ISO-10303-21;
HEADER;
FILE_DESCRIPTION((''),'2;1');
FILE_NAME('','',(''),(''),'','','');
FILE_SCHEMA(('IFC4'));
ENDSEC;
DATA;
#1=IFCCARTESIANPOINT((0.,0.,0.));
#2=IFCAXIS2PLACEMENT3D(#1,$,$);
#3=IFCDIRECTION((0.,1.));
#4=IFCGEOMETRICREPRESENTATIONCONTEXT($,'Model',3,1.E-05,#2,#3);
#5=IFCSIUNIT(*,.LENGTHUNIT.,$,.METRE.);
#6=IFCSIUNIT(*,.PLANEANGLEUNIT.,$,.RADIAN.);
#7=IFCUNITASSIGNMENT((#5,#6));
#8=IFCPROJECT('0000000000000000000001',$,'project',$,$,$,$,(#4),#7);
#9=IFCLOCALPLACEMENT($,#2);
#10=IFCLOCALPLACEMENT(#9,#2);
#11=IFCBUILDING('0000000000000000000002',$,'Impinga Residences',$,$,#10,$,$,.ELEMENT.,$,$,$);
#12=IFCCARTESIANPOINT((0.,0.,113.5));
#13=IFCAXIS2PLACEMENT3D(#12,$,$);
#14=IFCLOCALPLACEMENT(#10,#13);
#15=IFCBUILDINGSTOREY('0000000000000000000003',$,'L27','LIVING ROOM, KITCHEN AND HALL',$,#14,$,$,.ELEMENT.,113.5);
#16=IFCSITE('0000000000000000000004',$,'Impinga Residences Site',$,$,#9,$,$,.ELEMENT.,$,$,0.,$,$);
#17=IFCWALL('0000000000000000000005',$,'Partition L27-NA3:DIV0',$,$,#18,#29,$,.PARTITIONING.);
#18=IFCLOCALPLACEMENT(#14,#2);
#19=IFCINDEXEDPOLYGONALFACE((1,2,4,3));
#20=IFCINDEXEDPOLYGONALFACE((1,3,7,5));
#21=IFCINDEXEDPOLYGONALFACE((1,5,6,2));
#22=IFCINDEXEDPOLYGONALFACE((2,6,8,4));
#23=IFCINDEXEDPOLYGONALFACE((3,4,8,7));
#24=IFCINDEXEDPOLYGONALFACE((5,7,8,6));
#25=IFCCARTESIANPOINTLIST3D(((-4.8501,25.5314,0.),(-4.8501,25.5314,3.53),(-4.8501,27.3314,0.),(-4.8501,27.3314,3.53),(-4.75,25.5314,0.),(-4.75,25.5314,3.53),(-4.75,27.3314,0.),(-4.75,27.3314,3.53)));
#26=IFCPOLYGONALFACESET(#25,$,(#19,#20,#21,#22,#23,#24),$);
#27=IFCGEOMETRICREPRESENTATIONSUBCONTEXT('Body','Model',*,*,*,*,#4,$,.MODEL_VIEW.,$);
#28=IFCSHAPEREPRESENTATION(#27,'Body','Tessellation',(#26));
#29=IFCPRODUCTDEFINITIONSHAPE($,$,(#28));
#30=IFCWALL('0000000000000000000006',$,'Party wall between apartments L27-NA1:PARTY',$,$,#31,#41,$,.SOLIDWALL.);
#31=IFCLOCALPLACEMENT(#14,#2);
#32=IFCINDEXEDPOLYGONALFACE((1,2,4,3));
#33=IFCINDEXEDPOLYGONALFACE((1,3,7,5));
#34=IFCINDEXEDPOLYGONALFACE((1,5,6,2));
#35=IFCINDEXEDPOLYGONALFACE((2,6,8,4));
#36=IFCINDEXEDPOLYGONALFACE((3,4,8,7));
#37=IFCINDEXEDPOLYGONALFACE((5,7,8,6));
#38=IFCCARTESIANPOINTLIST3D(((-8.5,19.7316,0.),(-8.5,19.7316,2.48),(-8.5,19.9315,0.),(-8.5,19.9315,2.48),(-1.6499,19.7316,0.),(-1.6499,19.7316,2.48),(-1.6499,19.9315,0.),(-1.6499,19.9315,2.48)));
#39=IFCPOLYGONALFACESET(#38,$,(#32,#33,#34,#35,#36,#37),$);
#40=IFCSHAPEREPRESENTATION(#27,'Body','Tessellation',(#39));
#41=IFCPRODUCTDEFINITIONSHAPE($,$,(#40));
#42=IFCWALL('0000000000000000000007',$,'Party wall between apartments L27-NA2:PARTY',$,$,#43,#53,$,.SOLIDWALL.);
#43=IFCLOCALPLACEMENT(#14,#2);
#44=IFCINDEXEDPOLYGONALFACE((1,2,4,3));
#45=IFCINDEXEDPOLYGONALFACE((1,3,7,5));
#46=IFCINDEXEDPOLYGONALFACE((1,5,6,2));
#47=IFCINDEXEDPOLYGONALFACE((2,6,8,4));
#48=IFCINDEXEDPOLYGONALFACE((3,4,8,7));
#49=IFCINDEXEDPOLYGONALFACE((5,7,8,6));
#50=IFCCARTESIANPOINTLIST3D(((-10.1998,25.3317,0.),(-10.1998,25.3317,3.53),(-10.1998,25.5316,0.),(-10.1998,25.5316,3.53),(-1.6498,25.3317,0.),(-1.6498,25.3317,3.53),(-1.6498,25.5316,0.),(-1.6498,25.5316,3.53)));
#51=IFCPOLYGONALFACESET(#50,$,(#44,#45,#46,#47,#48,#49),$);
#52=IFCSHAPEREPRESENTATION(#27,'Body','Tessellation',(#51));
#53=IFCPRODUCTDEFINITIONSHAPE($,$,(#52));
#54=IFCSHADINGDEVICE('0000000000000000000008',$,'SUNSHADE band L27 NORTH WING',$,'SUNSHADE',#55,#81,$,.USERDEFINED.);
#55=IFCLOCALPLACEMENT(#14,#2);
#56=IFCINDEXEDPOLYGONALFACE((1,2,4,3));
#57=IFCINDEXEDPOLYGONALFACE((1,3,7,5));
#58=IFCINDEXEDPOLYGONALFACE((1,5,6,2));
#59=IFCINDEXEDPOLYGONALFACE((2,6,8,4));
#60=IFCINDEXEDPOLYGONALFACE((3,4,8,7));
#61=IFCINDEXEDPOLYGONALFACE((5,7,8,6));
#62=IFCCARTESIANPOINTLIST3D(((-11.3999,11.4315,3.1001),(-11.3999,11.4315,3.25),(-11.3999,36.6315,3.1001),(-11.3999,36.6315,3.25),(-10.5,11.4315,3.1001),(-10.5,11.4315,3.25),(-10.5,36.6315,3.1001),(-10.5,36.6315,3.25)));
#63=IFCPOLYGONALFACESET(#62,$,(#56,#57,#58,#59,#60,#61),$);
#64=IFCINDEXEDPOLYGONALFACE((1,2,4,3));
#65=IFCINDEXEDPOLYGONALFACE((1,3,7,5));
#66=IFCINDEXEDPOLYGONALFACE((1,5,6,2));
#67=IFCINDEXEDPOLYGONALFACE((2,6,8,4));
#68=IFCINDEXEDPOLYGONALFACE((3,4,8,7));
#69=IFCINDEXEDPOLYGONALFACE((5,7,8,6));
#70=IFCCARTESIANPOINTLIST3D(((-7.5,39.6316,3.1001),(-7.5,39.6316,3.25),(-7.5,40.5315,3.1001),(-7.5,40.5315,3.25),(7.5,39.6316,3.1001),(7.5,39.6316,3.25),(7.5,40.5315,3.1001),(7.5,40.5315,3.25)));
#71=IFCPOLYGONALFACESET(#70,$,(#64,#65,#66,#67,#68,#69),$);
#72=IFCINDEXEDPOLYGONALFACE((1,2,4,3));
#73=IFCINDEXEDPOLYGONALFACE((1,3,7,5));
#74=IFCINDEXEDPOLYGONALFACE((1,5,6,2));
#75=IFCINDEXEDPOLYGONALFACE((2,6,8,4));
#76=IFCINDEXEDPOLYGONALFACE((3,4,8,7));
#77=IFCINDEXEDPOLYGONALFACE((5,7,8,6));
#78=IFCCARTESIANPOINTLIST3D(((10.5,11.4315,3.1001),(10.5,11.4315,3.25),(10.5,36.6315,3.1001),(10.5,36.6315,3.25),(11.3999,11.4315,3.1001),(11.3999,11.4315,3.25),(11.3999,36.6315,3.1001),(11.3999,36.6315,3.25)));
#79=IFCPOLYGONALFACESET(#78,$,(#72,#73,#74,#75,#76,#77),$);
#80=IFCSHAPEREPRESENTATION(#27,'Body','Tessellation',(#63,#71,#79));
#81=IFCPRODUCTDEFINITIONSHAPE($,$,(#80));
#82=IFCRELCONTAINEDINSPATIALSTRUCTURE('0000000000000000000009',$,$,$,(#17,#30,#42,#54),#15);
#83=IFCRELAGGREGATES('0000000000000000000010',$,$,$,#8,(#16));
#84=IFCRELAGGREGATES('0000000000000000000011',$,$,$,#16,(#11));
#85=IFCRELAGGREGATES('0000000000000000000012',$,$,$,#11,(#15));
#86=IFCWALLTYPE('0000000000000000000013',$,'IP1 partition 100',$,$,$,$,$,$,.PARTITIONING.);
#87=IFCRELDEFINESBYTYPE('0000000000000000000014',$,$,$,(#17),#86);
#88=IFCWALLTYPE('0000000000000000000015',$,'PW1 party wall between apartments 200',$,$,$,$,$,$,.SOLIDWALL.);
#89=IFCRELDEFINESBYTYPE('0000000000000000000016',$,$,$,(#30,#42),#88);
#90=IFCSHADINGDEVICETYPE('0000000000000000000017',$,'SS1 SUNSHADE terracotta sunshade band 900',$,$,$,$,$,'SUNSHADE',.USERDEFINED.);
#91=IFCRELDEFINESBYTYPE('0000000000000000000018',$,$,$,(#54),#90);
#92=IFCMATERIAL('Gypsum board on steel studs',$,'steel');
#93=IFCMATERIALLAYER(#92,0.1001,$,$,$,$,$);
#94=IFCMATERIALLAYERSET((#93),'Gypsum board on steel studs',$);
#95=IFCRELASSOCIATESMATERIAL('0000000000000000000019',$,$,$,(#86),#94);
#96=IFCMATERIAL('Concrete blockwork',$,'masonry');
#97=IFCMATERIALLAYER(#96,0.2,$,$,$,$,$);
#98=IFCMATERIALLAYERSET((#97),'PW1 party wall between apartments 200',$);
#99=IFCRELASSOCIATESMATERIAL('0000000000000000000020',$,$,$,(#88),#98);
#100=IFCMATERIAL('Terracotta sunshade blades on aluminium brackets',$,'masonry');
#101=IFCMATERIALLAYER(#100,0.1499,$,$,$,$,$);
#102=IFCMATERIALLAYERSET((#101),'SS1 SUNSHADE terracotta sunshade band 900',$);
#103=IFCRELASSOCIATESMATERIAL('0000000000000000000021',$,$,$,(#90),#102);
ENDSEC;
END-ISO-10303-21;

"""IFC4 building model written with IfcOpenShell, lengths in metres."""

from ifc_helpers import new_model, si_unit, direction, frame, frame_2d, origin, origin_2d, place, context, subcontext, project, spatial, rectangle, extrude, material, layer, layer_set, type_object, element, save


model = new_model("IFC4")

# Units and contexts
model_context = context("Model", 3, precision=1e-05, world=origin(), true_north=direction((0.0, 1.0)))
body_context = subcontext(model_context, "Body", "Model", "MODEL_VIEW")
ifc_project = project(units=[si_unit("LENGTHUNIT", "METRE"), si_unit("PLANEANGLEUNIT", "RADIAN")], contexts=[model_context])

# Site, building, storey
site_placement = place(None, origin())
site = spatial("IfcSite", under=ifc_project, at=site_placement, Name="Impinga Residences Site", CompositionType="ELEMENT", RefElevation=0.0)
building_placement = place(site_placement, origin())
building = spatial("IfcBuilding", under=site, at=building_placement, Name="Impinga Residences", CompositionType="ELEMENT")
storey_placement = place(building_placement, frame((0.0, 0.0, 113.5)))
storey = spatial("IfcBuildingStorey", under=building, at=storey_placement, Name="L27", Description="LIVING ROOM, KITCHEN AND HALL", CompositionType="ELEMENT", Elevation=113.5)

# Shared definitions
ifc_material_1 = material(Name="Gypsum board on steel studs", Category="steel")
ifc_layer_1 = layer(ifc_material_1, 0.1001)
ifc_layer_set_1 = layer_set([ifc_layer_1], Name="Gypsum board on steel studs")
wall_type_1 = type_object("IfcWallType", Name="IP1 partition 100", PredefinedType="PARTITIONING", material=ifc_layer_set_1)

# Walls
wall_1_placement = place(storey_placement, frame((-4.8, 25.5315, 0.0), z_axis=(0.0, 0.0, 1.0), x_axis=(0.0, 1.0, 0.0)))
element("IfcWall", 1, at=wall_1_placement, inside=storey, type_object=wall_type_1, Name="Partition L27-NA3:DIV0", PredefinedType="PARTITIONING", context=body_context, shape_type="SweptSolid", body=[
    extrude(rectangle(XDim=1.8, YDim=0.1001, at=frame_2d((0.8999, 0.0))), origin(), (0.0, 0.0, 1.0), 3.53),
])
ifc_material_2 = material(Name="Concrete blockwork", Category="masonry")
ifc_layer_2 = layer(ifc_material_2, 0.2)
ifc_layer_set_2 = layer_set([ifc_layer_2], Name="PW1 party wall between apartments 200")
wall_type_2 = type_object("IfcWallType", Name="PW1 party wall between apartments 200", PredefinedType="SOLIDWALL", material=ifc_layer_set_2)
wall_2_placement = place(storey_placement, frame((-1.6499, 19.8315, 0.0), z_axis=(0.0, 0.0, 1.0), x_axis=(-1.0, 0.0, 0.0)))
element("IfcWall", 2, at=wall_2_placement, inside=storey, type_object=wall_type_2, Name="Party wall between apartments L27-NA1:PARTY", PredefinedType="SOLIDWALL", context=body_context, shape_type="SweptSolid", body=[
    extrude(rectangle(XDim=6.8501, YDim=0.2, at=frame_2d((3.425, 0.0))), origin(), (0.0, 0.0, 1.0), 2.48),
])
wall_3_placement = place(storey_placement, frame((-1.6499, 25.4316, 0.0), z_axis=(0.0, 0.0, 1.0), x_axis=(-1.0, 0.0, 0.0)))
element("IfcWall", 3, at=wall_3_placement, inside=storey, type_object=wall_type_2, Name="Party wall between apartments L27-NA2:PARTY", PredefinedType="SOLIDWALL", context=body_context, shape_type="SweptSolid", body=[
    extrude(rectangle(XDim=8.55, YDim=0.2, at=frame_2d((4.2749, 0.0))), origin(), (0.0, 0.0, 1.0), 3.53),
])

# Shading device
ifc_material_3 = material(Name="Terracotta sunshade blades on aluminium brackets", Category="masonry")
ifc_layer_3 = layer(ifc_material_3, 0.1499)
ifc_layer_set_3 = layer_set([ifc_layer_3], Name="SS1 SUNSHADE terracotta sunshade band 900")
shading_device_type = type_object("IfcShadingDeviceType", Name="SS1 SUNSHADE terracotta sunshade band 900", ElementType="SUNSHADE", PredefinedType="USERDEFINED", material=ifc_layer_set_3)
shading_device_placement = place(storey_placement, frame((-10.95, 24.0315, 3.1001), z_axis=(0.0, 0.0, 1.0), x_axis=(0.0, 1.0, 0.0)))
element("IfcShadingDevice", 4, at=shading_device_placement, inside=storey, type_object=shading_device_type, Name="SUNSHADE band L27 NORTH WING", ObjectType="SUNSHADE", PredefinedType="USERDEFINED", context=body_context, shape_type="SweptSolid", body=[
    extrude(rectangle(XDim=25.2, YDim=0.8999, at=origin_2d()), origin(), (0.0, 0.0, 1.0), 0.1499),
    extrude(rectangle(XDim=15.0, YDim=0.8999, at=origin_2d()), frame((16.05, -10.95, 0.0), z_axis=(0.0, 0.0, 1.0), x_axis=(0.0, -1.0, 0.0)), (0.0, 0.0, 1.0), 0.1499),
    extrude(rectangle(XDim=25.2, YDim=0.8999, at=origin_2d()), frame((0.0, -21.8999, 0.0), z_axis=(0.0, 0.0, 1.0), x_axis=(-1.0, 0.0, 0.0)), (0.0, 0.0, 1.0), 0.1499),
])

save(model, "model.ifc")
